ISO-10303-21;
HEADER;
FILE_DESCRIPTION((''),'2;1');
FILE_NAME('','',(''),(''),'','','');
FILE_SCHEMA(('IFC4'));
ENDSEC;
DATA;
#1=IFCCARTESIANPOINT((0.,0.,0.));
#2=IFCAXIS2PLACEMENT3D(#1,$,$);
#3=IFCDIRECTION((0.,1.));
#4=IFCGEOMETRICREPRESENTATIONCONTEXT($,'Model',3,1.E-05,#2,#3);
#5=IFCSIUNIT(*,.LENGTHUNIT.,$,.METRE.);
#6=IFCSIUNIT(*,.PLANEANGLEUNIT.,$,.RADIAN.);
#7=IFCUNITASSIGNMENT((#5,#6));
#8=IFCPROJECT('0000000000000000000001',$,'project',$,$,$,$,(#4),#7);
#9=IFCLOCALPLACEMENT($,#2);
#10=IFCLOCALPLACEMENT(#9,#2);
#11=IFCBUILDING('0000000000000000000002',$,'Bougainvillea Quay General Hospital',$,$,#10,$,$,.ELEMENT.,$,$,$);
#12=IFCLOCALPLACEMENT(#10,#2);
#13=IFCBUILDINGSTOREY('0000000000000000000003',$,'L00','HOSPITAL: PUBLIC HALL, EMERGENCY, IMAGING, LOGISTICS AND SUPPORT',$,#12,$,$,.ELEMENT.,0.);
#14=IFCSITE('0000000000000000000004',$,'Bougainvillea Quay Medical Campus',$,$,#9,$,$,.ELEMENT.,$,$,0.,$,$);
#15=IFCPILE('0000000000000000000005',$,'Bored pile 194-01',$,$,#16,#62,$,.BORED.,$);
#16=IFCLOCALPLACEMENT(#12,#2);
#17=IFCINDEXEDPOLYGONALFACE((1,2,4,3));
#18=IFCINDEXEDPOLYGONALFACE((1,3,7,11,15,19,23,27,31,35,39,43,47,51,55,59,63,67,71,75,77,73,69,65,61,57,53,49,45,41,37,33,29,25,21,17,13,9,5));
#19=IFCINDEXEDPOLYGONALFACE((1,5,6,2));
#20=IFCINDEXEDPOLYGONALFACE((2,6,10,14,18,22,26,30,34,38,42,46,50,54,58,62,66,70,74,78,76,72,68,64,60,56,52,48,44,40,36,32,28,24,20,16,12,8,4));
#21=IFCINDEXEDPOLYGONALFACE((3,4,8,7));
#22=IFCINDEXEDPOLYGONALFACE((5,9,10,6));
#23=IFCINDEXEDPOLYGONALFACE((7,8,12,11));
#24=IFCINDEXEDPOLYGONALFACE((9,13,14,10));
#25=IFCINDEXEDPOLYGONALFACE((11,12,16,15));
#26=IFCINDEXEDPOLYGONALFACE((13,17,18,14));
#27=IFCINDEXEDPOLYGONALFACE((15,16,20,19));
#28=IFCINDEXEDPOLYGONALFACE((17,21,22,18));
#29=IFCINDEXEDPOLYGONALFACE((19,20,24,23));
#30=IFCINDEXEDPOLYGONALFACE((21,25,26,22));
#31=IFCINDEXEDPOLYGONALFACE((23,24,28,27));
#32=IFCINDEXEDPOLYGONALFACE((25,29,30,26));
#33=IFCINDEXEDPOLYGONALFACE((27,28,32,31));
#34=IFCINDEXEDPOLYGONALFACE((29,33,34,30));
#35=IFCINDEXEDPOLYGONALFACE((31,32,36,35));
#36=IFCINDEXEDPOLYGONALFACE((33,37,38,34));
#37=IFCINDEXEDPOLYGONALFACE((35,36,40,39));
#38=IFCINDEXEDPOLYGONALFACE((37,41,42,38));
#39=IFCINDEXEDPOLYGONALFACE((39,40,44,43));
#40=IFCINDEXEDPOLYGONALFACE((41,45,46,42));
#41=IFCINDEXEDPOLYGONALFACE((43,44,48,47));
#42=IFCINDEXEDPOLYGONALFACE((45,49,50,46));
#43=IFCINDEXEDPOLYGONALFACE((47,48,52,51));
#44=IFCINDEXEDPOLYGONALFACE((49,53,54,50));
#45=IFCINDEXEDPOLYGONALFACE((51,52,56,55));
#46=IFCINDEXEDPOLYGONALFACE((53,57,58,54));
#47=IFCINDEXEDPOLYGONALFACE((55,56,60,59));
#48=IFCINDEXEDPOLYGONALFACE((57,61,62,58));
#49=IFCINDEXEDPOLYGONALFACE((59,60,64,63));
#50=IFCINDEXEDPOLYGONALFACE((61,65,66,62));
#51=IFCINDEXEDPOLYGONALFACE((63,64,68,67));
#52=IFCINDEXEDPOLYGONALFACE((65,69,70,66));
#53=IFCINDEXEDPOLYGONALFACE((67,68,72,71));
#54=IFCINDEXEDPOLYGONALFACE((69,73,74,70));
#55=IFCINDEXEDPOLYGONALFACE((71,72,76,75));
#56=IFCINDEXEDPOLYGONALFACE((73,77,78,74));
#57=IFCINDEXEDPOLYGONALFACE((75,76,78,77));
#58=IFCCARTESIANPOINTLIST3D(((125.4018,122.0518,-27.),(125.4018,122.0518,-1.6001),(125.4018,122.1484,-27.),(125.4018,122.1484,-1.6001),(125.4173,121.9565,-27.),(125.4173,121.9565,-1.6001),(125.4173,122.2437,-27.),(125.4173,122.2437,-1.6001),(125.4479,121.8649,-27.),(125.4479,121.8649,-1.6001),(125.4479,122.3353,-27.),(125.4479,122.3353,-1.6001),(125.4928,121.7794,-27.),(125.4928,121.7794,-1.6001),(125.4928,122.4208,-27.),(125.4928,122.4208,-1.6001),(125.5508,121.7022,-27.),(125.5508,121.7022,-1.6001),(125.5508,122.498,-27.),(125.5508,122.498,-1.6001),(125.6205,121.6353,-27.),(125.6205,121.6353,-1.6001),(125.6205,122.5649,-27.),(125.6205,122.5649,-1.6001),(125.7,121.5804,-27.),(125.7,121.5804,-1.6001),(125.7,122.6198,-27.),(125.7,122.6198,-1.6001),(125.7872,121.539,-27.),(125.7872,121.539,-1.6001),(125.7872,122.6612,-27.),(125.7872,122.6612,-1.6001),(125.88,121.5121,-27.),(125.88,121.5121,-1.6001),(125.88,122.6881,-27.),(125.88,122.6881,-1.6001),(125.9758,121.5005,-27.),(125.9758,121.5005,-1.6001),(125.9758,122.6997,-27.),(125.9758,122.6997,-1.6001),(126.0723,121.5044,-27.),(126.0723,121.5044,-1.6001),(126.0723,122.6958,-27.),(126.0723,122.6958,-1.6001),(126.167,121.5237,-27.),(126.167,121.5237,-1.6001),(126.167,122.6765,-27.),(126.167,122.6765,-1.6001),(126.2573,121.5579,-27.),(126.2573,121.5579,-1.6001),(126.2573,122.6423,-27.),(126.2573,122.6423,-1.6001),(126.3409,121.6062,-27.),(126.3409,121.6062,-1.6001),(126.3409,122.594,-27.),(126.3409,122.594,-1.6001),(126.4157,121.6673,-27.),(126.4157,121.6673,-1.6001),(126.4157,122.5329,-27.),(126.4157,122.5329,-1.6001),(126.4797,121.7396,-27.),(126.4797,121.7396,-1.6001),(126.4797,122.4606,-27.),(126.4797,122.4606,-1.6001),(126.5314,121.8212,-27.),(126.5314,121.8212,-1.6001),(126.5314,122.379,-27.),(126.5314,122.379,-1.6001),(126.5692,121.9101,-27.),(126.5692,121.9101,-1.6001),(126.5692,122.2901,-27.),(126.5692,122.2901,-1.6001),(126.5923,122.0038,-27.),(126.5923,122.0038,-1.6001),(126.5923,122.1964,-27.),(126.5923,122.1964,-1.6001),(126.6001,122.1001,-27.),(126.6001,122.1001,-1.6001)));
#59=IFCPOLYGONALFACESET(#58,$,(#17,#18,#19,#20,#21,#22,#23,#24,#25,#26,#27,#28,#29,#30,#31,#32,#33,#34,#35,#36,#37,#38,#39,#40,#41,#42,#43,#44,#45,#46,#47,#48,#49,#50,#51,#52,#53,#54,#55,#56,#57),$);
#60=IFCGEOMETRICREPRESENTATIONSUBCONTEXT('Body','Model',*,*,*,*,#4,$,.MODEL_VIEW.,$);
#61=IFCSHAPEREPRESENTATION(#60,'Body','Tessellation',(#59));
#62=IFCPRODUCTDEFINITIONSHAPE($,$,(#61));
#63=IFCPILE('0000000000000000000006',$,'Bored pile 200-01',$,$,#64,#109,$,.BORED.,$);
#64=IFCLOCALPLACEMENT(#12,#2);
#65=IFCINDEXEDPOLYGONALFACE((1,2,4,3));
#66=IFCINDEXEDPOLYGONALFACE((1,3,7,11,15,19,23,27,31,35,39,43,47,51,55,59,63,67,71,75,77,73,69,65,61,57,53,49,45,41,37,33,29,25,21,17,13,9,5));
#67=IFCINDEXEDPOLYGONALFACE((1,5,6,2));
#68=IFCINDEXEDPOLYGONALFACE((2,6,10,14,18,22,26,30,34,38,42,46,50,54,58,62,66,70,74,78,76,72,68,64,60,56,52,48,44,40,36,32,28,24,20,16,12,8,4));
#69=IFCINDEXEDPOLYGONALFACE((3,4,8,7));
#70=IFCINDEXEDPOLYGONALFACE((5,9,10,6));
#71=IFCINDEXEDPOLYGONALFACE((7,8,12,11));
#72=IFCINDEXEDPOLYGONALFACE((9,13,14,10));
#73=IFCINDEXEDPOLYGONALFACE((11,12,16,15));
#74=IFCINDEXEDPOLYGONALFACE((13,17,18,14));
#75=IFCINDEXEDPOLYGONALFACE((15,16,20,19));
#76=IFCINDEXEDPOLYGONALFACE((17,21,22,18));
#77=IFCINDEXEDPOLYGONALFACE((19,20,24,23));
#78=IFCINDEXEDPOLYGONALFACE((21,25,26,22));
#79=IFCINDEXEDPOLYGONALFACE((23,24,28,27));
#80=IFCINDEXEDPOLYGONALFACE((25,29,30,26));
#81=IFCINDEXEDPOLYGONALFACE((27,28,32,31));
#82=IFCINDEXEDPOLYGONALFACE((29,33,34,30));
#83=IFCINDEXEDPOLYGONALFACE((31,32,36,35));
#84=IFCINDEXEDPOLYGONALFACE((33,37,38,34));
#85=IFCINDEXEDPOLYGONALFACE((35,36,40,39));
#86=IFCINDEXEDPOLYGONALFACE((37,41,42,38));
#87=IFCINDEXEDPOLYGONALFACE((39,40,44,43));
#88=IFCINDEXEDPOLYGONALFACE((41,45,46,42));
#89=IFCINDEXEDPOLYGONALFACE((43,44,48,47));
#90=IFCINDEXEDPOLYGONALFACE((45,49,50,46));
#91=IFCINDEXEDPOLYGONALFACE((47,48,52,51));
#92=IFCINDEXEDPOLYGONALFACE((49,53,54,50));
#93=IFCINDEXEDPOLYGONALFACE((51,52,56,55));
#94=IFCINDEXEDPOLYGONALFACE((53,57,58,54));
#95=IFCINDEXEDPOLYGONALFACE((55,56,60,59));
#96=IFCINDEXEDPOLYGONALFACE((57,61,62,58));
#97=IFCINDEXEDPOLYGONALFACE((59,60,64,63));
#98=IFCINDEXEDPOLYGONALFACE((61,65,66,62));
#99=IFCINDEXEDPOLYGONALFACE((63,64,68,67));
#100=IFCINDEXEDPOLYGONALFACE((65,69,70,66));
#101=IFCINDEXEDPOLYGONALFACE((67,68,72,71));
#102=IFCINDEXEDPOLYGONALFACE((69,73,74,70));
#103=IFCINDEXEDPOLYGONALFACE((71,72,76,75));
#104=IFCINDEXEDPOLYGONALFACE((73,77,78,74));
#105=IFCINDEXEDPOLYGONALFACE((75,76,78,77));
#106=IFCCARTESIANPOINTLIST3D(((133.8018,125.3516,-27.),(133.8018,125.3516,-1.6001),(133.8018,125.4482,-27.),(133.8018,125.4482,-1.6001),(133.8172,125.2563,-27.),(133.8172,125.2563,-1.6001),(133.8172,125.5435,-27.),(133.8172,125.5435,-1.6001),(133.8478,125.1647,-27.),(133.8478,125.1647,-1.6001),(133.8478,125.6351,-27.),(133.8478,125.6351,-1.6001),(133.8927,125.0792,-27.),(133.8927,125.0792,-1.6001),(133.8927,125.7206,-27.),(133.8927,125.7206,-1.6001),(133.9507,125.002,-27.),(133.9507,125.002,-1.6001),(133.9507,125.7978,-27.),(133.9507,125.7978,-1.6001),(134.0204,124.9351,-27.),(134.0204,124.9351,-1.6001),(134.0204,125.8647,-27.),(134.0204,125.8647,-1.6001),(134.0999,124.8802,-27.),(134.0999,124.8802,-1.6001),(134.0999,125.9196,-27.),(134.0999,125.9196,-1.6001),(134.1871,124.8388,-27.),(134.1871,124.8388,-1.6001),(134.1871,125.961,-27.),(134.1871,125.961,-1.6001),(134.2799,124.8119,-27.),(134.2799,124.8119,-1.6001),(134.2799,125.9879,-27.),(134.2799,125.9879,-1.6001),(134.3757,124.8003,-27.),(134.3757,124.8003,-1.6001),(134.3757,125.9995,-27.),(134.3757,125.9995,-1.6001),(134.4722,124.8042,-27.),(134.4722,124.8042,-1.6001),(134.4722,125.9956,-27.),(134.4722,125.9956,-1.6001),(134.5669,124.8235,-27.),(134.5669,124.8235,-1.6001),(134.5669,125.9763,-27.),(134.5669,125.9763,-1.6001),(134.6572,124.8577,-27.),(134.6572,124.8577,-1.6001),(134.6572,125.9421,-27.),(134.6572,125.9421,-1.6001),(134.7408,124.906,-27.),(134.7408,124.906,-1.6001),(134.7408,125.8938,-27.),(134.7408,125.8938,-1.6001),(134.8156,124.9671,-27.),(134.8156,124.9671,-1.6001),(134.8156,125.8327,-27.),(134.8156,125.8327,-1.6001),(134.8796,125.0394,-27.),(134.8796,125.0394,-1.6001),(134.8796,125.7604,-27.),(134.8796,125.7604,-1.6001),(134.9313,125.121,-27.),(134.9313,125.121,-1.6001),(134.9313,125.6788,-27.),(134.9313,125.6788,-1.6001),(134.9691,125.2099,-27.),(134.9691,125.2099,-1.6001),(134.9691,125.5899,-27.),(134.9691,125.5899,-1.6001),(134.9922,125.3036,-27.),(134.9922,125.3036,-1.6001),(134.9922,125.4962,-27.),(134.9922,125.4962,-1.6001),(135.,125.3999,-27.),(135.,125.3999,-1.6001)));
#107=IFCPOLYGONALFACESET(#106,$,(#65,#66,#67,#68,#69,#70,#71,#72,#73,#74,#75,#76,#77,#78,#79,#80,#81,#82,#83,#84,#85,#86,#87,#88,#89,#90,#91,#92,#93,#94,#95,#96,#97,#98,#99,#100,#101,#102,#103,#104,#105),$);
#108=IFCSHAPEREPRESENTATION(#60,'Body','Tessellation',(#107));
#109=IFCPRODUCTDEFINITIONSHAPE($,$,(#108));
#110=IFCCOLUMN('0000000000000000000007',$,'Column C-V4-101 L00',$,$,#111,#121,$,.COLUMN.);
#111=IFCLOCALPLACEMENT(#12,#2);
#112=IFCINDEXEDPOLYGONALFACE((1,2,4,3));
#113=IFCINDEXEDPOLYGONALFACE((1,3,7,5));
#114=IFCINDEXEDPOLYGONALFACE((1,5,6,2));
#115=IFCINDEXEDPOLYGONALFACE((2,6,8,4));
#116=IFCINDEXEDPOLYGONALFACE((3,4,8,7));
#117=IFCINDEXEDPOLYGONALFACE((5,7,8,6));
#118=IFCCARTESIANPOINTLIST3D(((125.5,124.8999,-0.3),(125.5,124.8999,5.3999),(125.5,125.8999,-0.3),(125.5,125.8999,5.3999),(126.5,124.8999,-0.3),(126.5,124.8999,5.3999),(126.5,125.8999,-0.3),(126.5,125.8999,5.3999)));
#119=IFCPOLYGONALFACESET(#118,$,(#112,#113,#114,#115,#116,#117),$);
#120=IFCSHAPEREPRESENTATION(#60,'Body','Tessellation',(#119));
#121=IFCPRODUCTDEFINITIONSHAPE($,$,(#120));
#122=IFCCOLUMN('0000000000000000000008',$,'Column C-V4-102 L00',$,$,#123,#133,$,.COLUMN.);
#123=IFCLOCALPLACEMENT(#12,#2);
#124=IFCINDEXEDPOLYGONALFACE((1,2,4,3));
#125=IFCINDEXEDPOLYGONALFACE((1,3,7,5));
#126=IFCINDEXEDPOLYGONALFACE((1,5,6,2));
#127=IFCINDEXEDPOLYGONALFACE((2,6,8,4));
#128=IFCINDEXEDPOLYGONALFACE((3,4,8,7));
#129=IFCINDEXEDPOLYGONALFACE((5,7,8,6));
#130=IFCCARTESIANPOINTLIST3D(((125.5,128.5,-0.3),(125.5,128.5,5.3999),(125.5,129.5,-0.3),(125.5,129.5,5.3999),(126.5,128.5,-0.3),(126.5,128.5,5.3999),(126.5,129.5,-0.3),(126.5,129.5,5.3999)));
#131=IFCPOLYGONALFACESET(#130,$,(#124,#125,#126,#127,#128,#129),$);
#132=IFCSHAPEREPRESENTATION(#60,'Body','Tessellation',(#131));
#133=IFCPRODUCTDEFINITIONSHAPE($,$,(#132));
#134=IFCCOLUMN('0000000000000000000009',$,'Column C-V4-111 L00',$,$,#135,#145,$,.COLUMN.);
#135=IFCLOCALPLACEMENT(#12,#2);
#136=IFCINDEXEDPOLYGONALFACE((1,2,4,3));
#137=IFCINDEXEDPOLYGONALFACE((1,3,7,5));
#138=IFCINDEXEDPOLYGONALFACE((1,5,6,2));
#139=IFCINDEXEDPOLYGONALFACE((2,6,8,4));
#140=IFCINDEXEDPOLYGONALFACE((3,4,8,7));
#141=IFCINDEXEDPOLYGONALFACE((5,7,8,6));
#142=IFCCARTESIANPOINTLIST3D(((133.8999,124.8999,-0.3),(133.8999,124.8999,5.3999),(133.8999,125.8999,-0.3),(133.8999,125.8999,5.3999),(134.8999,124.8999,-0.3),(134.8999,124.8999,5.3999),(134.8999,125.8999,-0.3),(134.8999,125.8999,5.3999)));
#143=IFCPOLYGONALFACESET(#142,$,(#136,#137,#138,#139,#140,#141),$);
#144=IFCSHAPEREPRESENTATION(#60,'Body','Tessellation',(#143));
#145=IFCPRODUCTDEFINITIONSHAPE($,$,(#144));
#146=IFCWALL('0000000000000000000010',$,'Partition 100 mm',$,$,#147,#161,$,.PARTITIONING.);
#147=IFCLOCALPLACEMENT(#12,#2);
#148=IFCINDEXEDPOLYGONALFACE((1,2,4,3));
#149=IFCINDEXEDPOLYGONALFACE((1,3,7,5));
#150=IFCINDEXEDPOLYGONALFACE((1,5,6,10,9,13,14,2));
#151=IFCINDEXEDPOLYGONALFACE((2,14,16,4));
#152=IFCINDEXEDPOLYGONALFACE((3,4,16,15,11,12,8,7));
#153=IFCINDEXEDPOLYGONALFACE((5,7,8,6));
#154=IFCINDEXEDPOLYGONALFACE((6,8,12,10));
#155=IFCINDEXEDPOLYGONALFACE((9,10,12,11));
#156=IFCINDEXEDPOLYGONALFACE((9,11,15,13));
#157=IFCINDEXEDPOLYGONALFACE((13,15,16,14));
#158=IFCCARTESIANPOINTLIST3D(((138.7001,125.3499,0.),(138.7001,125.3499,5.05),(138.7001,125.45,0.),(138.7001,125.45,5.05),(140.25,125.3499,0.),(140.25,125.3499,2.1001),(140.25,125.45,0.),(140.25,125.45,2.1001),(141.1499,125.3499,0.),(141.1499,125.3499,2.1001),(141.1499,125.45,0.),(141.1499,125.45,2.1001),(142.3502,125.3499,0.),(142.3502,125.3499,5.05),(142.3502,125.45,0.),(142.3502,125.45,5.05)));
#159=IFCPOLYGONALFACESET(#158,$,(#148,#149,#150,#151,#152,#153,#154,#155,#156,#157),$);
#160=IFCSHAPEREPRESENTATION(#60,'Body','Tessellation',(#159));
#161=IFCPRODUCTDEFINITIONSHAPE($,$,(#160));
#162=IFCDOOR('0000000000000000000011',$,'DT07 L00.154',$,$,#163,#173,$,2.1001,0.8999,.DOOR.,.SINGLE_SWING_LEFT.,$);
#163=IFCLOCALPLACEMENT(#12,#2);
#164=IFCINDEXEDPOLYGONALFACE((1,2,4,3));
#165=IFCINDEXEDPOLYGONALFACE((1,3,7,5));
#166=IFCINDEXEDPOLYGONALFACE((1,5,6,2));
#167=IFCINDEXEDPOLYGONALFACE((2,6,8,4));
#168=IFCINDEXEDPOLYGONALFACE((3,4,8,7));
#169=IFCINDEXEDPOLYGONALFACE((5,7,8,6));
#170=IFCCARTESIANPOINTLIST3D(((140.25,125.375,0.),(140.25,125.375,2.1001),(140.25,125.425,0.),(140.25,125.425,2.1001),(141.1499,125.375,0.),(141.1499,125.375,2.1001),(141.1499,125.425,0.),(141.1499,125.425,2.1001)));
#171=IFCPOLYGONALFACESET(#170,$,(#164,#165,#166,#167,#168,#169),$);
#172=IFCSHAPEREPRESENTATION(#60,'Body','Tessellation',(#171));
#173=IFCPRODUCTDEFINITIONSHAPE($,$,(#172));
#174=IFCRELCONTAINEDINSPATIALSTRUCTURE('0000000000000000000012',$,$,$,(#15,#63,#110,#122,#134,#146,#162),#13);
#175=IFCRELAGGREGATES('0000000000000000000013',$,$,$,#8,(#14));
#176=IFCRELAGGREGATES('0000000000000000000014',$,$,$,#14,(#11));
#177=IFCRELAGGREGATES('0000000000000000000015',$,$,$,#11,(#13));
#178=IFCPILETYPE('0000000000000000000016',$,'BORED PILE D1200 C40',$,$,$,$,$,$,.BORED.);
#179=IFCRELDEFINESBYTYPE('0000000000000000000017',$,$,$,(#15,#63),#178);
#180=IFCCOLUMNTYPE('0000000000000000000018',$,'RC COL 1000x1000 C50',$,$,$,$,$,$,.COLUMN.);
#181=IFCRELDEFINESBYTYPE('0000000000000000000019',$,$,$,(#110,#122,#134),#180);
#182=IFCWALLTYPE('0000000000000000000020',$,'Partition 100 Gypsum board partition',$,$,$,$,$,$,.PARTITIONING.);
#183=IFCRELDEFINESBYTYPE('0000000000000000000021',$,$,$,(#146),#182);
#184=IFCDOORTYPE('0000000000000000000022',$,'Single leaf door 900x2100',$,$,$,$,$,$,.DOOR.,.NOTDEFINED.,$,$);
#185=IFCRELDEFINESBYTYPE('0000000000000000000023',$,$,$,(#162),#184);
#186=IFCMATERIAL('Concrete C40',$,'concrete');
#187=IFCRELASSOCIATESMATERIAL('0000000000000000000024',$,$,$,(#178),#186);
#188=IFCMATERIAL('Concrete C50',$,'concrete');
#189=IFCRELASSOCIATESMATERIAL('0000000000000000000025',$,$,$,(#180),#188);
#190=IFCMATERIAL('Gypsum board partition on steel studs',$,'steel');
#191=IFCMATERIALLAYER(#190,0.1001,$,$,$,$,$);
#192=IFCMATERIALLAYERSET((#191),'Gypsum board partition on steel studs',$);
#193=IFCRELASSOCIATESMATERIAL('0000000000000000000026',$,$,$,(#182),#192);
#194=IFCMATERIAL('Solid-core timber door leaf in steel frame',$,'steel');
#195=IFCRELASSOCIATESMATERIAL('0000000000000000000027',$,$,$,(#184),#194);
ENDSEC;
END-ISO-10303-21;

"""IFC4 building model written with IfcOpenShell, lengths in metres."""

from ifc_helpers import new_model, si_unit, direction, frame, frame_2d, origin, origin_2d, place, context, subcontext, project, spatial, rectangle, circle, extrude, material, layer, layer_set, material_profile, profile_set, type_object, element, fill, save


model = new_model("IFC4")

# Units and contexts
model_context = context("Model", 3, precision=1e-05, world=origin(), true_north=direction((0.0, 1.0)))
body_context = subcontext(model_context, "Body", "Model", "MODEL_VIEW")
ifc_project = project(units=[si_unit("LENGTHUNIT", "METRE"), si_unit("PLANEANGLEUNIT", "RADIAN")], contexts=[model_context])

# Site, building, storey
site_placement = place(None, origin())
site = spatial("IfcSite", under=ifc_project, at=site_placement, Name="Bougainvillea Quay Medical Campus", CompositionType="ELEMENT", RefElevation=0.0)
building_placement = place(site_placement, origin())
building = spatial("IfcBuilding", under=site, at=building_placement, Name="Bougainvillea Quay General Hospital", CompositionType="ELEMENT")
storey_placement = place(building_placement, origin())
storey = spatial("IfcBuildingStorey", under=building, at=storey_placement, Name="L00", Description="HOSPITAL: PUBLIC HALL, EMERGENCY, IMAGING, LOGISTICS AND SUPPORT", CompositionType="ELEMENT", Elevation=0.0)

# Piles
ifc_material_1 = material(Name="Concrete C40", Category="concrete")
ifc_material_profile_1 = material_profile(ifc_material_1, circle(Radius=0.6001, at=origin_2d()))
ifc_profile_set_1 = profile_set([ifc_material_profile_1], Name="Concrete C40")
pile_type = type_object("IfcPileType", Name="BORED PILE D1200 C40", PredefinedType="BORED", material=ifc_profile_set_1)
for number, where, z_axis, x_axis, name in (
    (1, (126.0, 122.1001, -1.6001), (0.0, 0.0, -1.0), (1.0, 0.0, 0.0), "Bored pile 194-01"),
    (2, (134.3999, 125.3999, -1.6001), (0.0, 0.0, -1.0), (1.0, 0.0, 0.0), "Bored pile 200-01"),
):
    element("IfcPile", number, at=place(storey_placement, frame(where, z_axis=z_axis, x_axis=x_axis)), inside=storey, type_object=pile_type, Name=name, PredefinedType="BORED", context=body_context, shape_type="SweptSolid", body=[
        extrude(circle(Radius=0.6001, at=origin_2d()), origin(), (0.0, 0.0, 1.0), 25.3999),
    ])

# Columns
ifc_material_2 = material(Name="Concrete C50", Category="concrete")
ifc_material_profile_2 = material_profile(ifc_material_2, rectangle(XDim=1.0, YDim=1.0, at=origin_2d()))
ifc_profile_set_2 = profile_set([ifc_material_profile_2], Name="Concrete C50")
column_type = type_object("IfcColumnType", Name="RC COL 1000x1000 C50", PredefinedType="COLUMN", material=ifc_profile_set_2)
for number, where, z_axis, x_axis, name in (
    (3, (126.0, 125.3999, -0.3), (0.0, 0.0, 1.0), (1.0, 0.0, 0.0), "Column C-V4-101 L00"),
    (4, (126.0, 129.0, -0.3), (0.0, 0.0, 1.0), (1.0, 0.0, 0.0), "Column C-V4-102 L00"),
    (5, (134.3999, 125.3999, -0.3), (0.0, 0.0, 1.0), (1.0, 0.0, 0.0), "Column C-V4-111 L00"),
):
    element("IfcColumn", number, at=place(storey_placement, frame(where, z_axis=z_axis, x_axis=x_axis)), inside=storey, type_object=column_type, Name=name, PredefinedType="COLUMN", context=body_context, shape_type="SweptSolid", body=[
        extrude(rectangle(XDim=1.0, YDim=1.0, at=origin_2d()), origin(), (0.0, 0.0, 1.0), 5.7),
    ])

# Wall, opening, door
ifc_material_3 = material(Name="Gypsum board partition on steel studs", Category="steel")
ifc_layer_1 = layer(ifc_material_3, 0.1001)
ifc_layer_set_1 = layer_set([ifc_layer_1], Name="Gypsum board partition on steel studs")
wall_type_1 = type_object("IfcWallType", Name="Partition 100 Gypsum board partition", PredefinedType="PARTITIONING", material=ifc_layer_set_1)
wall_1_placement = place(storey_placement, frame((138.7, 125.3999, 0.0), z_axis=(0.0, 0.0, 1.0), x_axis=(1.0, 0.0, 0.0)))
wall_1 = element("IfcWall", 6, at=wall_1_placement, inside=storey, type_object=wall_type_1, Name="Partition 100 mm", PredefinedType="PARTITIONING", context=body_context, shape_type="SweptSolid", body=[
    extrude(rectangle(XDim=3.6501, YDim=0.1001, at=frame_2d((1.8252, 0.0))), origin(), (0.0, 0.0, 1.0), 5.05),
])
opening_1_placement = place(wall_1_placement, frame((1.55, 0.0, 0.0)))
opening_1 = element("IfcOpeningElement", 7, at=opening_1_placement, cuts=wall_1, PredefinedType="OPENING", context=body_context, shape_type="SweptSolid", body=[
    extrude(rectangle(XDim=0.8999, YDim=2.1001, at=frame_2d((0.45, 1.05))), frame((0.0, 0.0601, 0.0), z_axis=(0.0, -1.0, 0.0), x_axis=(1.0, 0.0, 0.0)), (0.0, 0.0, 1.0), 0.1201),
])
ifc_material_4 = material(Name="Solid-core timber door leaf in steel frame", Category="steel")
door_type_1 = type_object("IfcDoorType", Name="Single leaf door 900x2100", OperationType="NOTDEFINED", PredefinedType="DOOR", material=ifc_material_4)
door_1_placement = place(opening_1_placement, frame((0.8999, 0.0, 0.0), z_axis=(0.0, 0.0, 1.0), x_axis=(-1.0, 0.0, 0.0)))
door_1 = element("IfcDoor", 8, at=door_1_placement, inside=storey, type_object=door_type_1, Name="DT07 L00.154", OperationType="SINGLE_SWING_LEFT", OverallHeight=2.1001, OverallWidth=0.8999, PredefinedType="DOOR", context=body_context, shape_type="SweptSolid", body=[
    extrude(rectangle(XDim=0.8999, YDim=2.1001, at=frame_2d((0.45, 1.05))), frame((0.0, 0.0249, 0.0), z_axis=(0.0, -1.0, 0.0), x_axis=(1.0, 0.0, 0.0)), (0.0, 0.0, 1.0), 0.05),
])
fill(opening_1, door_1)

save(model, "model.ifc")
